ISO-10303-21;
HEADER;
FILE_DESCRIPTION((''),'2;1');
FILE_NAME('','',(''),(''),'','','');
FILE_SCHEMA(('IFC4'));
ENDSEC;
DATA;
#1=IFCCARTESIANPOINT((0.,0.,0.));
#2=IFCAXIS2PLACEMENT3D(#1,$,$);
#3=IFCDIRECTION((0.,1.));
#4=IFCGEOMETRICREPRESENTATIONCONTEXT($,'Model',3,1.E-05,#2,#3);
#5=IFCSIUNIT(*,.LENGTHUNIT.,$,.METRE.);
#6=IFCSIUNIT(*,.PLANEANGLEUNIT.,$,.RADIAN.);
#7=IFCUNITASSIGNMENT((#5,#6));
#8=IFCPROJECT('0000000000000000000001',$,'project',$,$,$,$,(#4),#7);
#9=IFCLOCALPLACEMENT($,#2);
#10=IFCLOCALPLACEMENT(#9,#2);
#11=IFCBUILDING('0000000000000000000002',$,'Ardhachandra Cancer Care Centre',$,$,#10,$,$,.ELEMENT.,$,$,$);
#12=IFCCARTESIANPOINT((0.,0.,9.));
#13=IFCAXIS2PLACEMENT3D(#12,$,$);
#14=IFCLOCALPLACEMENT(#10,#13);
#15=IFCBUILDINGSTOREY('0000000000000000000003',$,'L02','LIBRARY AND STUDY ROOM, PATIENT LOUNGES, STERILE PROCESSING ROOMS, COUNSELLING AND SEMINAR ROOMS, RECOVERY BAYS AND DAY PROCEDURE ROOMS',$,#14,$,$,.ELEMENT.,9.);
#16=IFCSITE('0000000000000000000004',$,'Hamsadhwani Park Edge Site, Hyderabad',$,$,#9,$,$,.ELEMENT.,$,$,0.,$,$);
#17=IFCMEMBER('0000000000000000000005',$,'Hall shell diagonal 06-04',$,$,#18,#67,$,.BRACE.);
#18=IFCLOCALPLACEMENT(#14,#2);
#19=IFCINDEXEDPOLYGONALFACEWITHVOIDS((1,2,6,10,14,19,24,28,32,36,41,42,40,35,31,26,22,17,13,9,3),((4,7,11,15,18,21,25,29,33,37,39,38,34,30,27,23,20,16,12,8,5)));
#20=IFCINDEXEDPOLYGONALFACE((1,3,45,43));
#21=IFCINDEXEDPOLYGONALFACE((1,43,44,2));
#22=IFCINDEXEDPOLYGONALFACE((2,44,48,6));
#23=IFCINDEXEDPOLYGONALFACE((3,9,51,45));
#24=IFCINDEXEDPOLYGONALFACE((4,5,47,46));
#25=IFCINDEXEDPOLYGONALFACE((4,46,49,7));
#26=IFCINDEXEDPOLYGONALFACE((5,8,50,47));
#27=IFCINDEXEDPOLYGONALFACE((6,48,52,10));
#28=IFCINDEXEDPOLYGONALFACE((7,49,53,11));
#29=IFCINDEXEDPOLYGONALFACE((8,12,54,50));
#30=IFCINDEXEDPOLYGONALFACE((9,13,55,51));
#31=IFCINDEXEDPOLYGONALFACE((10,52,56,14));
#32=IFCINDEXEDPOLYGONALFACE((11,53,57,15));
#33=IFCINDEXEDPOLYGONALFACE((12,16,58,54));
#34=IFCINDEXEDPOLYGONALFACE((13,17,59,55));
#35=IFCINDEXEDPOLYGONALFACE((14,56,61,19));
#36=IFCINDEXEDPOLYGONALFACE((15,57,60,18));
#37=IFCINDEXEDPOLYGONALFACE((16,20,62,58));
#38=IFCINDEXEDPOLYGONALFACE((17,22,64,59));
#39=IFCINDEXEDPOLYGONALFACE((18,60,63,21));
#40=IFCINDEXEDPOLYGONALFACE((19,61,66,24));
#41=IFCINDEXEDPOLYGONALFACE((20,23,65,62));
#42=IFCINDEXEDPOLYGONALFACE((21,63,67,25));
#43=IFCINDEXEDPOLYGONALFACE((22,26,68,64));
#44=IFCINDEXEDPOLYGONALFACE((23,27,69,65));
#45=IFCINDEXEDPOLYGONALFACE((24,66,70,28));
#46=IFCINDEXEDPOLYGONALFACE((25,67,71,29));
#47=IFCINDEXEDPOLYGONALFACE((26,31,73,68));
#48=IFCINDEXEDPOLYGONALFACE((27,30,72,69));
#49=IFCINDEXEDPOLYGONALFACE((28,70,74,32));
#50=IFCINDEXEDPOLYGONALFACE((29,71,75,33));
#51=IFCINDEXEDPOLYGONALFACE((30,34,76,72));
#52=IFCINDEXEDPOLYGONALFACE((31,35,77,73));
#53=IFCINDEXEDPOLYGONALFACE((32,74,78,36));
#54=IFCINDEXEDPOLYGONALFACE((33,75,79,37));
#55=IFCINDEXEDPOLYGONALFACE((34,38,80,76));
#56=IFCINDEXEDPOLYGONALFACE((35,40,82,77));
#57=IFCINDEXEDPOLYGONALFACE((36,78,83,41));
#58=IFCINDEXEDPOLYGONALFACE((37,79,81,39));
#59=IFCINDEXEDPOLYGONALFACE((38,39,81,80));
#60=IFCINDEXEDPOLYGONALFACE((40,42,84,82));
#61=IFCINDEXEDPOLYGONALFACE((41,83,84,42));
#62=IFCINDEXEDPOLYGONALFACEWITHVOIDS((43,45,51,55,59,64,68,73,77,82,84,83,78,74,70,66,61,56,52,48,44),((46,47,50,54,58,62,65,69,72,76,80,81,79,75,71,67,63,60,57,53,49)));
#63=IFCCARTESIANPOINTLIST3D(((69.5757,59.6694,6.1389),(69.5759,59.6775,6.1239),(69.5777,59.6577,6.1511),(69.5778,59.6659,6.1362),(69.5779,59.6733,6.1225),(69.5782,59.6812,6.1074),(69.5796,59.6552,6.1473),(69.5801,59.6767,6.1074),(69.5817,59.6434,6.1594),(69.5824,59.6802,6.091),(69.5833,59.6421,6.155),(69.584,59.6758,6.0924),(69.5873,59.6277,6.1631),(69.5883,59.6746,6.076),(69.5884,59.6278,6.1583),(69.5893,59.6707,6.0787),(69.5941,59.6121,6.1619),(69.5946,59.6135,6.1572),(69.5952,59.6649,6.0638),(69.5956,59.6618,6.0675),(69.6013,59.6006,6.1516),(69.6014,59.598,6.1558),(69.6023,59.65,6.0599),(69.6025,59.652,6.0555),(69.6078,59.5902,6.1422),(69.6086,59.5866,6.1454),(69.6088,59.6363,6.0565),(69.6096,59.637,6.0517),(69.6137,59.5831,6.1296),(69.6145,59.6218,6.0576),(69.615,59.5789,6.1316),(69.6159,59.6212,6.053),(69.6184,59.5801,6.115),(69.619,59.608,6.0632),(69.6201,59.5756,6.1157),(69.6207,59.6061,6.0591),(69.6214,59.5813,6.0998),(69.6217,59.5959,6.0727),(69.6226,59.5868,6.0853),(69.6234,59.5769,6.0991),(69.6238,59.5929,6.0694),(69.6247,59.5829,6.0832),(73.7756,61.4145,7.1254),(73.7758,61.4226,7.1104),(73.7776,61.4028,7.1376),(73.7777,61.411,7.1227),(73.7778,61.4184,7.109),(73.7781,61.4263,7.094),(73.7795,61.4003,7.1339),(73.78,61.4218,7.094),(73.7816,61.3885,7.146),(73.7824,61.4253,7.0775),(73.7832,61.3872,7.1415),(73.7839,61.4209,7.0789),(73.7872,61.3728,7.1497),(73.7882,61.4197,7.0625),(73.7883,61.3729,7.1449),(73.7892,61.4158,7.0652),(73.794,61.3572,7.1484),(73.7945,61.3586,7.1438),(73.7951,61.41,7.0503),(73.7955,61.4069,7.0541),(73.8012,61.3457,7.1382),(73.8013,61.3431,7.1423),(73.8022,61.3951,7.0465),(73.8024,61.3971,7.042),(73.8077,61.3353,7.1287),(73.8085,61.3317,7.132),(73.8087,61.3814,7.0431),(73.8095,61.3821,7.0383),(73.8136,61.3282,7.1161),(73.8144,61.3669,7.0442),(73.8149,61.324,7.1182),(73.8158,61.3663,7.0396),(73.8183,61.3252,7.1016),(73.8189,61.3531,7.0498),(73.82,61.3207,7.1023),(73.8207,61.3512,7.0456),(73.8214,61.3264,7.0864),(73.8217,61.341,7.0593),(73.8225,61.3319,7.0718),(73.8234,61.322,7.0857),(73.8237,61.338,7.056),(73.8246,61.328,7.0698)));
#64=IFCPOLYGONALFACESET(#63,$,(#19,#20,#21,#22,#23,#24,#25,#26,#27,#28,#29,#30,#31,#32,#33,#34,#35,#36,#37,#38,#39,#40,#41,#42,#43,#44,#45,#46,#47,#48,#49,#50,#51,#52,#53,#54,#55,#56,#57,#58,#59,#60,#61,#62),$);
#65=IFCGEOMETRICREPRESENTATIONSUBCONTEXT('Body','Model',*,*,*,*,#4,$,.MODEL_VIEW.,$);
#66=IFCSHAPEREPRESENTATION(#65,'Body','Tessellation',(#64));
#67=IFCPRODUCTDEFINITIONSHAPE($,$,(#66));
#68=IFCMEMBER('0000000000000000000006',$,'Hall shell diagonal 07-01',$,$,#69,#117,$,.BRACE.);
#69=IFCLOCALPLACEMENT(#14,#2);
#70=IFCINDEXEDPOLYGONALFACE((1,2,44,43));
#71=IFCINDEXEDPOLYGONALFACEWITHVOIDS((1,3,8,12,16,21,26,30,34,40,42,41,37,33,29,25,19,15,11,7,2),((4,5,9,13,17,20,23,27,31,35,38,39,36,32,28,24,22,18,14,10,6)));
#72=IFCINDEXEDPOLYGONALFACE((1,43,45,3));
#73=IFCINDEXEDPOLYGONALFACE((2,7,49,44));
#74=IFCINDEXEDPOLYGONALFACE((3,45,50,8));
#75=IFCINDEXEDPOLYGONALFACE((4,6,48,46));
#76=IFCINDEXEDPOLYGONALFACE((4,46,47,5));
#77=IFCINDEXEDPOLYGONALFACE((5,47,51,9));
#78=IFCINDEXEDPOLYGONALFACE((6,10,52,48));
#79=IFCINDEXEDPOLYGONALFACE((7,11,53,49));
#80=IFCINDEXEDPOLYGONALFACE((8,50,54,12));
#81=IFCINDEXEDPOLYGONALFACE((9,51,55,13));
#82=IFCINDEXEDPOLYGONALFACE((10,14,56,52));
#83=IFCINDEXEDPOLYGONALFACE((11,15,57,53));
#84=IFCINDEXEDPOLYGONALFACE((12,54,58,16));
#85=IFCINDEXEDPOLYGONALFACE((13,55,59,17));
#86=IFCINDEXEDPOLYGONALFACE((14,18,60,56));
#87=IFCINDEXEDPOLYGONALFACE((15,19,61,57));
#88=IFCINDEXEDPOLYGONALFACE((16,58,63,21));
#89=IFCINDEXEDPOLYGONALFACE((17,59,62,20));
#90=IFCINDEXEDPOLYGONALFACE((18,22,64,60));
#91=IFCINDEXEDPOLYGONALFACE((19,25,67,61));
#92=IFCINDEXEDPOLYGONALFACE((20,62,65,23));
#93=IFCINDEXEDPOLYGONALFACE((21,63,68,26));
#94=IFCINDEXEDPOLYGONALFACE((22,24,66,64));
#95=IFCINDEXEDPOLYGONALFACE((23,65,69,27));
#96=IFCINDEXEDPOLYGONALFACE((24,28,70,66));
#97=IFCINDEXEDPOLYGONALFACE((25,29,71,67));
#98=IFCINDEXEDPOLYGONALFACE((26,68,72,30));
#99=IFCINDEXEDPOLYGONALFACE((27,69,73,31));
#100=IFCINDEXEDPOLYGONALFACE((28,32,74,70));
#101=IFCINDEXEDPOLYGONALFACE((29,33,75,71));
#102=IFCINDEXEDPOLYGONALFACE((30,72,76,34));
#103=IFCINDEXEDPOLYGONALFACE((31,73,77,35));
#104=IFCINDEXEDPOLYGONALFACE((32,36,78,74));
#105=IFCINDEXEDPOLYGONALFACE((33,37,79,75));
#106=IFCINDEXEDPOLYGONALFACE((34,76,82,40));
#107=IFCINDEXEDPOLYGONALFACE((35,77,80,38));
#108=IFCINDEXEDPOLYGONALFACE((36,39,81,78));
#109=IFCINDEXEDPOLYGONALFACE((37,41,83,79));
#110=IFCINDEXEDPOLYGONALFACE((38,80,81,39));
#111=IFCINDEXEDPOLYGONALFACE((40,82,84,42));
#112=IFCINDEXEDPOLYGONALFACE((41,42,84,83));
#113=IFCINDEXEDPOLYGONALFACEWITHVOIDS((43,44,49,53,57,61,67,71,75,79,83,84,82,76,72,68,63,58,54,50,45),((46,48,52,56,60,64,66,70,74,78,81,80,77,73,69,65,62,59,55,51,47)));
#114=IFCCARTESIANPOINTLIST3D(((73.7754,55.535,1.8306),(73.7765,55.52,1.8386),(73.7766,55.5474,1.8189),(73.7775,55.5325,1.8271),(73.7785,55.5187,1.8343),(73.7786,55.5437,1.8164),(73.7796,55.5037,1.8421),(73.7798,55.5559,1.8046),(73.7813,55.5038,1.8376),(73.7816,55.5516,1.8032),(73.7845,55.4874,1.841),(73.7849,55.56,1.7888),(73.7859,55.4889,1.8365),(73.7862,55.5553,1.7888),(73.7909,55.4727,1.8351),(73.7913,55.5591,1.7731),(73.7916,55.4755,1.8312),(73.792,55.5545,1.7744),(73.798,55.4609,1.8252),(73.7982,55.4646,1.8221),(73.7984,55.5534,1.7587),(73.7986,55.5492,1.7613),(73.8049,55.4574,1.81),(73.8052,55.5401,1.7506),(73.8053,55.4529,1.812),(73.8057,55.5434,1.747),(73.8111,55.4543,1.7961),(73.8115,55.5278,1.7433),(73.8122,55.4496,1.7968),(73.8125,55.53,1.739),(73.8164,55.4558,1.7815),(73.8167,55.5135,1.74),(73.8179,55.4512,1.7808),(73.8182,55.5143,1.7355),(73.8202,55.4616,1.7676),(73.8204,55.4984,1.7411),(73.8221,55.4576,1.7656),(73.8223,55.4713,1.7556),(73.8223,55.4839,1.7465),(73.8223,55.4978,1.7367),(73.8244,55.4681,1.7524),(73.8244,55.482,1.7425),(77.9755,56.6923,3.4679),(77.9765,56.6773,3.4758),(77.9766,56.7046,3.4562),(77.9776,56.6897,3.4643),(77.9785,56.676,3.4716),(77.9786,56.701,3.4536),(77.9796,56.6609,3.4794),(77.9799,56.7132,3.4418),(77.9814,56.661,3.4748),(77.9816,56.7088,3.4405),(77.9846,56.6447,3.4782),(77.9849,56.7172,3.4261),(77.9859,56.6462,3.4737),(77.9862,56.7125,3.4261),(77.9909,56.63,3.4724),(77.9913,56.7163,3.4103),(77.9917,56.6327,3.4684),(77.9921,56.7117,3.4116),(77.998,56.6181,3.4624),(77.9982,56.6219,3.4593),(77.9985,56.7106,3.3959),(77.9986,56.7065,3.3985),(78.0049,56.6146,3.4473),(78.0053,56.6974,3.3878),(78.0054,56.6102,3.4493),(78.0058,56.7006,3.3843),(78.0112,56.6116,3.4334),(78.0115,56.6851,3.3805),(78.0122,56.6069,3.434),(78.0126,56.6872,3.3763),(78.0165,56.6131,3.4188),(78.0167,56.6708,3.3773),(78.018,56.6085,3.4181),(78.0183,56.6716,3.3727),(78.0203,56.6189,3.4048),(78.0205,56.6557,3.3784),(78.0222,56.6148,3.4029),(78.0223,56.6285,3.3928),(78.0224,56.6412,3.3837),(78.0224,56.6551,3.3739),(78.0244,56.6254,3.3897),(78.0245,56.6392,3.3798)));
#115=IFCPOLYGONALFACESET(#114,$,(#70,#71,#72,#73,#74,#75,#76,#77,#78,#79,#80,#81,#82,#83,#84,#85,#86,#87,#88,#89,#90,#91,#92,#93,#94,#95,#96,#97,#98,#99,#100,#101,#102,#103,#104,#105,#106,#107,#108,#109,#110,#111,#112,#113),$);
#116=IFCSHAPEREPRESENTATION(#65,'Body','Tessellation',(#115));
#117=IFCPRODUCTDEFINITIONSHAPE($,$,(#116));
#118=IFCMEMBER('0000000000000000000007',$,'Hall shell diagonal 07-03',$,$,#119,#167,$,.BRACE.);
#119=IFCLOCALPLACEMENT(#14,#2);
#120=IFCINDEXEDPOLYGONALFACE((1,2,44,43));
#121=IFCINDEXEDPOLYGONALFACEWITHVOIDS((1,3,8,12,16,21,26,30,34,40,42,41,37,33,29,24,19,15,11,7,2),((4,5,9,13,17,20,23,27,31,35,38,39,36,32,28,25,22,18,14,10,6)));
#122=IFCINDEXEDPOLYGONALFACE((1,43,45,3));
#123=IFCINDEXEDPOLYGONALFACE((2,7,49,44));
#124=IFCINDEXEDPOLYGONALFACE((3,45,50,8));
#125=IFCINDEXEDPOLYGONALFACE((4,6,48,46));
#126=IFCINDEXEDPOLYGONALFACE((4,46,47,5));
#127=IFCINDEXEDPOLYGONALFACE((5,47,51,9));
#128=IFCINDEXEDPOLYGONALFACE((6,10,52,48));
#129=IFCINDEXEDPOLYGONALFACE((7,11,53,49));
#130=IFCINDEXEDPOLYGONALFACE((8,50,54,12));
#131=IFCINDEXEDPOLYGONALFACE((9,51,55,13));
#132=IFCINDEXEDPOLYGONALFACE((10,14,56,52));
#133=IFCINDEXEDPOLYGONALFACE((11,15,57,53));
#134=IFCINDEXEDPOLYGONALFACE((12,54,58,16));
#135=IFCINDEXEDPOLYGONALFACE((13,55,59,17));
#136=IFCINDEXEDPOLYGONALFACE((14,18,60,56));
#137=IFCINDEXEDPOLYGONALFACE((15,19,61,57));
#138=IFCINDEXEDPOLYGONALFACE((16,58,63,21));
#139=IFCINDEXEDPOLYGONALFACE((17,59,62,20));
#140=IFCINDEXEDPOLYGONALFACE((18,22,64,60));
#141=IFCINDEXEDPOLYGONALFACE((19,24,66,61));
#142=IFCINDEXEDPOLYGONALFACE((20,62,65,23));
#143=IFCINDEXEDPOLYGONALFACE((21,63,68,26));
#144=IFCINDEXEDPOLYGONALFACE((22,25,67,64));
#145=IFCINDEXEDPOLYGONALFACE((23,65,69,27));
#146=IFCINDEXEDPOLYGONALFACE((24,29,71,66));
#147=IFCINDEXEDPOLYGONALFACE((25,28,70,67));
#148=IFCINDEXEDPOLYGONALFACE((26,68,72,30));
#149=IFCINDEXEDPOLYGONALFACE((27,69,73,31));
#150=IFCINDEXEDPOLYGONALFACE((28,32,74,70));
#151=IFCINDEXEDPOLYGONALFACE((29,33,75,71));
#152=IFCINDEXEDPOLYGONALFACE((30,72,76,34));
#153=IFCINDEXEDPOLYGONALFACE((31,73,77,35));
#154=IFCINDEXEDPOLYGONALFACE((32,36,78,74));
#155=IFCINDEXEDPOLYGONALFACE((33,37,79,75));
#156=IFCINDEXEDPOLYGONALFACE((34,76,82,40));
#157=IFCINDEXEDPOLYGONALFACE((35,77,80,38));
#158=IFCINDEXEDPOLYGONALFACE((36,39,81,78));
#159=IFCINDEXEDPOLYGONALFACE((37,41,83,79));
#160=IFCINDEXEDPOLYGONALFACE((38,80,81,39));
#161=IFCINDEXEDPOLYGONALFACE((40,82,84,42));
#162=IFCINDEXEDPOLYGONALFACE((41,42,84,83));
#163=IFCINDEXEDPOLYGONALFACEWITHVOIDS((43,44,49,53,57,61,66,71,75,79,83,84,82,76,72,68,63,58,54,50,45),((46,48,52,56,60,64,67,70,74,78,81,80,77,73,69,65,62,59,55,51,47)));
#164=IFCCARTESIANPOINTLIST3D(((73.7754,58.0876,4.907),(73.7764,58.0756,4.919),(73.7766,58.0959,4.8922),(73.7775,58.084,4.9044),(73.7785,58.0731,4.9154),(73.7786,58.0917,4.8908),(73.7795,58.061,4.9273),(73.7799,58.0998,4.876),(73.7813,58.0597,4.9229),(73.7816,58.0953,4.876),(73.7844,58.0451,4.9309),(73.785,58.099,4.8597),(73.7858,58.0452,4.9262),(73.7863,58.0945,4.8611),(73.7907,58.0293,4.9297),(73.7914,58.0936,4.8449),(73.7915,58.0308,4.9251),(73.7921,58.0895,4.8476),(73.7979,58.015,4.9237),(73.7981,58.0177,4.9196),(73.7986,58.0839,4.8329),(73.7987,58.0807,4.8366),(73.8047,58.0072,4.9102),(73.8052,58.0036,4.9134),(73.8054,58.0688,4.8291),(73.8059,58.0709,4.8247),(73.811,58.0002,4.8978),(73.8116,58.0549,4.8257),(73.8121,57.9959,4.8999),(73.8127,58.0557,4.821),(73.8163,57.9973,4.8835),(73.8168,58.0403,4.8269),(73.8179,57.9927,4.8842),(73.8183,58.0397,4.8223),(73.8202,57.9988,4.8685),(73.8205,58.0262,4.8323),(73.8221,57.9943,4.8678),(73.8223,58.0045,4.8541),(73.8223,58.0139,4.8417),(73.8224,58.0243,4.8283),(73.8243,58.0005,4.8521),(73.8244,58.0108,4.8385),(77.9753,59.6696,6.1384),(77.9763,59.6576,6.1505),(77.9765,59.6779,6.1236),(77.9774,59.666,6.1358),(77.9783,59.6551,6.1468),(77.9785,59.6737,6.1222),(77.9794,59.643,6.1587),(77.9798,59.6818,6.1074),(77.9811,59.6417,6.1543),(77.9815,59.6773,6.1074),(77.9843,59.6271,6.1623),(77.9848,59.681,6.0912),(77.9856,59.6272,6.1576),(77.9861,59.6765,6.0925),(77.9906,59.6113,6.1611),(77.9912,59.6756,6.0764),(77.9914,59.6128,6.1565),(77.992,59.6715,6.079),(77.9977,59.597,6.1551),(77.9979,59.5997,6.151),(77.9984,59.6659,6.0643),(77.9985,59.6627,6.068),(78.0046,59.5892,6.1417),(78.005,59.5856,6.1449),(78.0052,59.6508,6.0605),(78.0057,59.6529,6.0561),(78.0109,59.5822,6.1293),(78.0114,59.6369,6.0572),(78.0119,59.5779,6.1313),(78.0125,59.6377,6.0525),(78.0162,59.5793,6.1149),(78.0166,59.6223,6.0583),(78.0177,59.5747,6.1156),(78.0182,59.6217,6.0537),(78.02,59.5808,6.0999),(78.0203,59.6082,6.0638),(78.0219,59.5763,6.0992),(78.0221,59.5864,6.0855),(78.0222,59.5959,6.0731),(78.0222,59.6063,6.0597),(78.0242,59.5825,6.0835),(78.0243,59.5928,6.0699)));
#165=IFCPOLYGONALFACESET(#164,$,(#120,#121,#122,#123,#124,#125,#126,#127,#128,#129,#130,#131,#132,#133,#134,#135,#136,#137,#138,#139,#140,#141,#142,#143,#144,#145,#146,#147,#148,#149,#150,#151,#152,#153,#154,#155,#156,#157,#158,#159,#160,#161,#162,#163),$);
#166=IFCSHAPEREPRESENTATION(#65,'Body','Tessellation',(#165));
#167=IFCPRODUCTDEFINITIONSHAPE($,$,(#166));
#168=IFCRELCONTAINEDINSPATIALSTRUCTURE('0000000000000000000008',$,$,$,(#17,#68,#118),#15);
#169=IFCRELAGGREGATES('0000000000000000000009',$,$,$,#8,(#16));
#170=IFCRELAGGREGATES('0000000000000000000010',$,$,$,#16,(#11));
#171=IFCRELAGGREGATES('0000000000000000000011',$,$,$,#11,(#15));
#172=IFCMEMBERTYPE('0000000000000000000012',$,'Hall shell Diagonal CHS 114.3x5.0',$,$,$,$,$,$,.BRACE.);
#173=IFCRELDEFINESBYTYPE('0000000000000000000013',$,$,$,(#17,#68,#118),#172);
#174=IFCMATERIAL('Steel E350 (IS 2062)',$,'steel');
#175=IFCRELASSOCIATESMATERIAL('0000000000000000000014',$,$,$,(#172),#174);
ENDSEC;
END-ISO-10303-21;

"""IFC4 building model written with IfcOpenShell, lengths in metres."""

from ifc_helpers import new_model, si_unit, direction, frame, origin, origin_2d, place, context, subcontext, project, spatial, hollow_circle, extrude, material, material_profile, profile_set, type_object, element, save


model = new_model("IFC4")

# Units and contexts
model_context = context("Model", 3, precision=1e-05, world=origin(), true_north=direction((0.0, 1.0)))
body_context = subcontext(model_context, "Body", "Model", "MODEL_VIEW")
ifc_project = project(units=[si_unit("LENGTHUNIT", "METRE"), si_unit("PLANEANGLEUNIT", "RADIAN")], contexts=[model_context])

# Site, building, storey
site_placement = place(None, origin())
site = spatial("IfcSite", under=ifc_project, at=site_placement, Name="Hamsadhwani Park Edge Site, Hyderabad", CompositionType="ELEMENT", RefElevation=0.0)
building_placement = place(site_placement, origin())
building = spatial("IfcBuilding", under=site, at=building_placement, Name="Ardhachandra Cancer Care Centre", CompositionType="ELEMENT")
storey_placement = place(building_placement, frame((0.0, 0.0, 9.0)))
storey = spatial("IfcBuildingStorey", under=building, at=storey_placement, Name="L02", Description="LIBRARY AND STUDY ROOM, PATIENT LOUNGES, STERILE PROCESSING ROOMS, COUNSELLING AND SEMINAR ROOMS, RECOVERY BAYS AND DAY PROCEDURE ROOMS", CompositionType="ELEMENT", Elevation=9.0)

# Members
ifc_material_1 = material(Name="Steel E350 (IS 2062)", Category="steel")
ifc_material_profile_1 = material_profile(ifc_material_1, hollow_circle(Radius=0.0571, WallThickness=0.0049, at=origin_2d()), Name="CHS 114.3x5.0")
ifc_profile_set_1 = profile_set([ifc_material_profile_1], Name="Steel E350 (IS 2062)")
member_type_1 = type_object("IfcMemberType", Name="Hall shell Diagonal CHS 114.3x5.0", PredefinedType="BRACE", material=ifc_profile_set_1)
for number, where, z_axis, x_axis, name in (
    (1, (69.6001, 59.6284, 6.1074), (0.902467, 0.374983, 0.21199), (-0.383704, 0.923456, 0.0), "Hall shell diagonal 06-04"),
):
    element("IfcMember", number, at=place(storey_placement, frame(where, z_axis=z_axis, x_axis=x_axis)), inside=storey, type_object=member_type_1, Name=name, PredefinedType="BRACE", context=body_context, shape_type="SweptSolid", body=[
        extrude(hollow_circle(Radius=0.0571, WallThickness=0.0049, at=origin_2d()), origin(), (0.0, 0.0, 1.0), 4.6538),
    ])
member_1_placement = place(storey_placement, frame((73.8, 55.5049, 1.7888), z_axis=(0.90245, 0.248655, 0.351789), x_axis=(-0.265634, 0.964074, 0.0)))
element("IfcMember", 2, at=member_1_placement, inside=storey, type_object=member_type_1, Name="Hall shell diagonal 07-01", PredefinedType="BRACE", context=body_context, shape_type="SweptSolid", body=[
    extrude(hollow_circle(Radius=0.0571, WallThickness=0.0049, at=origin_2d()), origin(), (0.0, 0.0, 1.0), 4.6541),
])
member_2_placement = place(storey_placement, frame((73.8, 58.0464, 4.876), z_axis=(0.902457, 0.339936, 0.264605), x_axis=(-0.3525, 0.935812, 0.0)))
element("IfcMember", 3, at=member_2_placement, inside=storey, type_object=member_type_1, Name="Hall shell diagonal 07-03", PredefinedType="BRACE", context=body_context, shape_type="SweptSolid", body=[
    extrude(hollow_circle(Radius=0.0571, WallThickness=0.0049, at=origin_2d()), origin(), (0.0, 0.0, 1.0), 4.6538),
])

save(model, "model.ifc")
